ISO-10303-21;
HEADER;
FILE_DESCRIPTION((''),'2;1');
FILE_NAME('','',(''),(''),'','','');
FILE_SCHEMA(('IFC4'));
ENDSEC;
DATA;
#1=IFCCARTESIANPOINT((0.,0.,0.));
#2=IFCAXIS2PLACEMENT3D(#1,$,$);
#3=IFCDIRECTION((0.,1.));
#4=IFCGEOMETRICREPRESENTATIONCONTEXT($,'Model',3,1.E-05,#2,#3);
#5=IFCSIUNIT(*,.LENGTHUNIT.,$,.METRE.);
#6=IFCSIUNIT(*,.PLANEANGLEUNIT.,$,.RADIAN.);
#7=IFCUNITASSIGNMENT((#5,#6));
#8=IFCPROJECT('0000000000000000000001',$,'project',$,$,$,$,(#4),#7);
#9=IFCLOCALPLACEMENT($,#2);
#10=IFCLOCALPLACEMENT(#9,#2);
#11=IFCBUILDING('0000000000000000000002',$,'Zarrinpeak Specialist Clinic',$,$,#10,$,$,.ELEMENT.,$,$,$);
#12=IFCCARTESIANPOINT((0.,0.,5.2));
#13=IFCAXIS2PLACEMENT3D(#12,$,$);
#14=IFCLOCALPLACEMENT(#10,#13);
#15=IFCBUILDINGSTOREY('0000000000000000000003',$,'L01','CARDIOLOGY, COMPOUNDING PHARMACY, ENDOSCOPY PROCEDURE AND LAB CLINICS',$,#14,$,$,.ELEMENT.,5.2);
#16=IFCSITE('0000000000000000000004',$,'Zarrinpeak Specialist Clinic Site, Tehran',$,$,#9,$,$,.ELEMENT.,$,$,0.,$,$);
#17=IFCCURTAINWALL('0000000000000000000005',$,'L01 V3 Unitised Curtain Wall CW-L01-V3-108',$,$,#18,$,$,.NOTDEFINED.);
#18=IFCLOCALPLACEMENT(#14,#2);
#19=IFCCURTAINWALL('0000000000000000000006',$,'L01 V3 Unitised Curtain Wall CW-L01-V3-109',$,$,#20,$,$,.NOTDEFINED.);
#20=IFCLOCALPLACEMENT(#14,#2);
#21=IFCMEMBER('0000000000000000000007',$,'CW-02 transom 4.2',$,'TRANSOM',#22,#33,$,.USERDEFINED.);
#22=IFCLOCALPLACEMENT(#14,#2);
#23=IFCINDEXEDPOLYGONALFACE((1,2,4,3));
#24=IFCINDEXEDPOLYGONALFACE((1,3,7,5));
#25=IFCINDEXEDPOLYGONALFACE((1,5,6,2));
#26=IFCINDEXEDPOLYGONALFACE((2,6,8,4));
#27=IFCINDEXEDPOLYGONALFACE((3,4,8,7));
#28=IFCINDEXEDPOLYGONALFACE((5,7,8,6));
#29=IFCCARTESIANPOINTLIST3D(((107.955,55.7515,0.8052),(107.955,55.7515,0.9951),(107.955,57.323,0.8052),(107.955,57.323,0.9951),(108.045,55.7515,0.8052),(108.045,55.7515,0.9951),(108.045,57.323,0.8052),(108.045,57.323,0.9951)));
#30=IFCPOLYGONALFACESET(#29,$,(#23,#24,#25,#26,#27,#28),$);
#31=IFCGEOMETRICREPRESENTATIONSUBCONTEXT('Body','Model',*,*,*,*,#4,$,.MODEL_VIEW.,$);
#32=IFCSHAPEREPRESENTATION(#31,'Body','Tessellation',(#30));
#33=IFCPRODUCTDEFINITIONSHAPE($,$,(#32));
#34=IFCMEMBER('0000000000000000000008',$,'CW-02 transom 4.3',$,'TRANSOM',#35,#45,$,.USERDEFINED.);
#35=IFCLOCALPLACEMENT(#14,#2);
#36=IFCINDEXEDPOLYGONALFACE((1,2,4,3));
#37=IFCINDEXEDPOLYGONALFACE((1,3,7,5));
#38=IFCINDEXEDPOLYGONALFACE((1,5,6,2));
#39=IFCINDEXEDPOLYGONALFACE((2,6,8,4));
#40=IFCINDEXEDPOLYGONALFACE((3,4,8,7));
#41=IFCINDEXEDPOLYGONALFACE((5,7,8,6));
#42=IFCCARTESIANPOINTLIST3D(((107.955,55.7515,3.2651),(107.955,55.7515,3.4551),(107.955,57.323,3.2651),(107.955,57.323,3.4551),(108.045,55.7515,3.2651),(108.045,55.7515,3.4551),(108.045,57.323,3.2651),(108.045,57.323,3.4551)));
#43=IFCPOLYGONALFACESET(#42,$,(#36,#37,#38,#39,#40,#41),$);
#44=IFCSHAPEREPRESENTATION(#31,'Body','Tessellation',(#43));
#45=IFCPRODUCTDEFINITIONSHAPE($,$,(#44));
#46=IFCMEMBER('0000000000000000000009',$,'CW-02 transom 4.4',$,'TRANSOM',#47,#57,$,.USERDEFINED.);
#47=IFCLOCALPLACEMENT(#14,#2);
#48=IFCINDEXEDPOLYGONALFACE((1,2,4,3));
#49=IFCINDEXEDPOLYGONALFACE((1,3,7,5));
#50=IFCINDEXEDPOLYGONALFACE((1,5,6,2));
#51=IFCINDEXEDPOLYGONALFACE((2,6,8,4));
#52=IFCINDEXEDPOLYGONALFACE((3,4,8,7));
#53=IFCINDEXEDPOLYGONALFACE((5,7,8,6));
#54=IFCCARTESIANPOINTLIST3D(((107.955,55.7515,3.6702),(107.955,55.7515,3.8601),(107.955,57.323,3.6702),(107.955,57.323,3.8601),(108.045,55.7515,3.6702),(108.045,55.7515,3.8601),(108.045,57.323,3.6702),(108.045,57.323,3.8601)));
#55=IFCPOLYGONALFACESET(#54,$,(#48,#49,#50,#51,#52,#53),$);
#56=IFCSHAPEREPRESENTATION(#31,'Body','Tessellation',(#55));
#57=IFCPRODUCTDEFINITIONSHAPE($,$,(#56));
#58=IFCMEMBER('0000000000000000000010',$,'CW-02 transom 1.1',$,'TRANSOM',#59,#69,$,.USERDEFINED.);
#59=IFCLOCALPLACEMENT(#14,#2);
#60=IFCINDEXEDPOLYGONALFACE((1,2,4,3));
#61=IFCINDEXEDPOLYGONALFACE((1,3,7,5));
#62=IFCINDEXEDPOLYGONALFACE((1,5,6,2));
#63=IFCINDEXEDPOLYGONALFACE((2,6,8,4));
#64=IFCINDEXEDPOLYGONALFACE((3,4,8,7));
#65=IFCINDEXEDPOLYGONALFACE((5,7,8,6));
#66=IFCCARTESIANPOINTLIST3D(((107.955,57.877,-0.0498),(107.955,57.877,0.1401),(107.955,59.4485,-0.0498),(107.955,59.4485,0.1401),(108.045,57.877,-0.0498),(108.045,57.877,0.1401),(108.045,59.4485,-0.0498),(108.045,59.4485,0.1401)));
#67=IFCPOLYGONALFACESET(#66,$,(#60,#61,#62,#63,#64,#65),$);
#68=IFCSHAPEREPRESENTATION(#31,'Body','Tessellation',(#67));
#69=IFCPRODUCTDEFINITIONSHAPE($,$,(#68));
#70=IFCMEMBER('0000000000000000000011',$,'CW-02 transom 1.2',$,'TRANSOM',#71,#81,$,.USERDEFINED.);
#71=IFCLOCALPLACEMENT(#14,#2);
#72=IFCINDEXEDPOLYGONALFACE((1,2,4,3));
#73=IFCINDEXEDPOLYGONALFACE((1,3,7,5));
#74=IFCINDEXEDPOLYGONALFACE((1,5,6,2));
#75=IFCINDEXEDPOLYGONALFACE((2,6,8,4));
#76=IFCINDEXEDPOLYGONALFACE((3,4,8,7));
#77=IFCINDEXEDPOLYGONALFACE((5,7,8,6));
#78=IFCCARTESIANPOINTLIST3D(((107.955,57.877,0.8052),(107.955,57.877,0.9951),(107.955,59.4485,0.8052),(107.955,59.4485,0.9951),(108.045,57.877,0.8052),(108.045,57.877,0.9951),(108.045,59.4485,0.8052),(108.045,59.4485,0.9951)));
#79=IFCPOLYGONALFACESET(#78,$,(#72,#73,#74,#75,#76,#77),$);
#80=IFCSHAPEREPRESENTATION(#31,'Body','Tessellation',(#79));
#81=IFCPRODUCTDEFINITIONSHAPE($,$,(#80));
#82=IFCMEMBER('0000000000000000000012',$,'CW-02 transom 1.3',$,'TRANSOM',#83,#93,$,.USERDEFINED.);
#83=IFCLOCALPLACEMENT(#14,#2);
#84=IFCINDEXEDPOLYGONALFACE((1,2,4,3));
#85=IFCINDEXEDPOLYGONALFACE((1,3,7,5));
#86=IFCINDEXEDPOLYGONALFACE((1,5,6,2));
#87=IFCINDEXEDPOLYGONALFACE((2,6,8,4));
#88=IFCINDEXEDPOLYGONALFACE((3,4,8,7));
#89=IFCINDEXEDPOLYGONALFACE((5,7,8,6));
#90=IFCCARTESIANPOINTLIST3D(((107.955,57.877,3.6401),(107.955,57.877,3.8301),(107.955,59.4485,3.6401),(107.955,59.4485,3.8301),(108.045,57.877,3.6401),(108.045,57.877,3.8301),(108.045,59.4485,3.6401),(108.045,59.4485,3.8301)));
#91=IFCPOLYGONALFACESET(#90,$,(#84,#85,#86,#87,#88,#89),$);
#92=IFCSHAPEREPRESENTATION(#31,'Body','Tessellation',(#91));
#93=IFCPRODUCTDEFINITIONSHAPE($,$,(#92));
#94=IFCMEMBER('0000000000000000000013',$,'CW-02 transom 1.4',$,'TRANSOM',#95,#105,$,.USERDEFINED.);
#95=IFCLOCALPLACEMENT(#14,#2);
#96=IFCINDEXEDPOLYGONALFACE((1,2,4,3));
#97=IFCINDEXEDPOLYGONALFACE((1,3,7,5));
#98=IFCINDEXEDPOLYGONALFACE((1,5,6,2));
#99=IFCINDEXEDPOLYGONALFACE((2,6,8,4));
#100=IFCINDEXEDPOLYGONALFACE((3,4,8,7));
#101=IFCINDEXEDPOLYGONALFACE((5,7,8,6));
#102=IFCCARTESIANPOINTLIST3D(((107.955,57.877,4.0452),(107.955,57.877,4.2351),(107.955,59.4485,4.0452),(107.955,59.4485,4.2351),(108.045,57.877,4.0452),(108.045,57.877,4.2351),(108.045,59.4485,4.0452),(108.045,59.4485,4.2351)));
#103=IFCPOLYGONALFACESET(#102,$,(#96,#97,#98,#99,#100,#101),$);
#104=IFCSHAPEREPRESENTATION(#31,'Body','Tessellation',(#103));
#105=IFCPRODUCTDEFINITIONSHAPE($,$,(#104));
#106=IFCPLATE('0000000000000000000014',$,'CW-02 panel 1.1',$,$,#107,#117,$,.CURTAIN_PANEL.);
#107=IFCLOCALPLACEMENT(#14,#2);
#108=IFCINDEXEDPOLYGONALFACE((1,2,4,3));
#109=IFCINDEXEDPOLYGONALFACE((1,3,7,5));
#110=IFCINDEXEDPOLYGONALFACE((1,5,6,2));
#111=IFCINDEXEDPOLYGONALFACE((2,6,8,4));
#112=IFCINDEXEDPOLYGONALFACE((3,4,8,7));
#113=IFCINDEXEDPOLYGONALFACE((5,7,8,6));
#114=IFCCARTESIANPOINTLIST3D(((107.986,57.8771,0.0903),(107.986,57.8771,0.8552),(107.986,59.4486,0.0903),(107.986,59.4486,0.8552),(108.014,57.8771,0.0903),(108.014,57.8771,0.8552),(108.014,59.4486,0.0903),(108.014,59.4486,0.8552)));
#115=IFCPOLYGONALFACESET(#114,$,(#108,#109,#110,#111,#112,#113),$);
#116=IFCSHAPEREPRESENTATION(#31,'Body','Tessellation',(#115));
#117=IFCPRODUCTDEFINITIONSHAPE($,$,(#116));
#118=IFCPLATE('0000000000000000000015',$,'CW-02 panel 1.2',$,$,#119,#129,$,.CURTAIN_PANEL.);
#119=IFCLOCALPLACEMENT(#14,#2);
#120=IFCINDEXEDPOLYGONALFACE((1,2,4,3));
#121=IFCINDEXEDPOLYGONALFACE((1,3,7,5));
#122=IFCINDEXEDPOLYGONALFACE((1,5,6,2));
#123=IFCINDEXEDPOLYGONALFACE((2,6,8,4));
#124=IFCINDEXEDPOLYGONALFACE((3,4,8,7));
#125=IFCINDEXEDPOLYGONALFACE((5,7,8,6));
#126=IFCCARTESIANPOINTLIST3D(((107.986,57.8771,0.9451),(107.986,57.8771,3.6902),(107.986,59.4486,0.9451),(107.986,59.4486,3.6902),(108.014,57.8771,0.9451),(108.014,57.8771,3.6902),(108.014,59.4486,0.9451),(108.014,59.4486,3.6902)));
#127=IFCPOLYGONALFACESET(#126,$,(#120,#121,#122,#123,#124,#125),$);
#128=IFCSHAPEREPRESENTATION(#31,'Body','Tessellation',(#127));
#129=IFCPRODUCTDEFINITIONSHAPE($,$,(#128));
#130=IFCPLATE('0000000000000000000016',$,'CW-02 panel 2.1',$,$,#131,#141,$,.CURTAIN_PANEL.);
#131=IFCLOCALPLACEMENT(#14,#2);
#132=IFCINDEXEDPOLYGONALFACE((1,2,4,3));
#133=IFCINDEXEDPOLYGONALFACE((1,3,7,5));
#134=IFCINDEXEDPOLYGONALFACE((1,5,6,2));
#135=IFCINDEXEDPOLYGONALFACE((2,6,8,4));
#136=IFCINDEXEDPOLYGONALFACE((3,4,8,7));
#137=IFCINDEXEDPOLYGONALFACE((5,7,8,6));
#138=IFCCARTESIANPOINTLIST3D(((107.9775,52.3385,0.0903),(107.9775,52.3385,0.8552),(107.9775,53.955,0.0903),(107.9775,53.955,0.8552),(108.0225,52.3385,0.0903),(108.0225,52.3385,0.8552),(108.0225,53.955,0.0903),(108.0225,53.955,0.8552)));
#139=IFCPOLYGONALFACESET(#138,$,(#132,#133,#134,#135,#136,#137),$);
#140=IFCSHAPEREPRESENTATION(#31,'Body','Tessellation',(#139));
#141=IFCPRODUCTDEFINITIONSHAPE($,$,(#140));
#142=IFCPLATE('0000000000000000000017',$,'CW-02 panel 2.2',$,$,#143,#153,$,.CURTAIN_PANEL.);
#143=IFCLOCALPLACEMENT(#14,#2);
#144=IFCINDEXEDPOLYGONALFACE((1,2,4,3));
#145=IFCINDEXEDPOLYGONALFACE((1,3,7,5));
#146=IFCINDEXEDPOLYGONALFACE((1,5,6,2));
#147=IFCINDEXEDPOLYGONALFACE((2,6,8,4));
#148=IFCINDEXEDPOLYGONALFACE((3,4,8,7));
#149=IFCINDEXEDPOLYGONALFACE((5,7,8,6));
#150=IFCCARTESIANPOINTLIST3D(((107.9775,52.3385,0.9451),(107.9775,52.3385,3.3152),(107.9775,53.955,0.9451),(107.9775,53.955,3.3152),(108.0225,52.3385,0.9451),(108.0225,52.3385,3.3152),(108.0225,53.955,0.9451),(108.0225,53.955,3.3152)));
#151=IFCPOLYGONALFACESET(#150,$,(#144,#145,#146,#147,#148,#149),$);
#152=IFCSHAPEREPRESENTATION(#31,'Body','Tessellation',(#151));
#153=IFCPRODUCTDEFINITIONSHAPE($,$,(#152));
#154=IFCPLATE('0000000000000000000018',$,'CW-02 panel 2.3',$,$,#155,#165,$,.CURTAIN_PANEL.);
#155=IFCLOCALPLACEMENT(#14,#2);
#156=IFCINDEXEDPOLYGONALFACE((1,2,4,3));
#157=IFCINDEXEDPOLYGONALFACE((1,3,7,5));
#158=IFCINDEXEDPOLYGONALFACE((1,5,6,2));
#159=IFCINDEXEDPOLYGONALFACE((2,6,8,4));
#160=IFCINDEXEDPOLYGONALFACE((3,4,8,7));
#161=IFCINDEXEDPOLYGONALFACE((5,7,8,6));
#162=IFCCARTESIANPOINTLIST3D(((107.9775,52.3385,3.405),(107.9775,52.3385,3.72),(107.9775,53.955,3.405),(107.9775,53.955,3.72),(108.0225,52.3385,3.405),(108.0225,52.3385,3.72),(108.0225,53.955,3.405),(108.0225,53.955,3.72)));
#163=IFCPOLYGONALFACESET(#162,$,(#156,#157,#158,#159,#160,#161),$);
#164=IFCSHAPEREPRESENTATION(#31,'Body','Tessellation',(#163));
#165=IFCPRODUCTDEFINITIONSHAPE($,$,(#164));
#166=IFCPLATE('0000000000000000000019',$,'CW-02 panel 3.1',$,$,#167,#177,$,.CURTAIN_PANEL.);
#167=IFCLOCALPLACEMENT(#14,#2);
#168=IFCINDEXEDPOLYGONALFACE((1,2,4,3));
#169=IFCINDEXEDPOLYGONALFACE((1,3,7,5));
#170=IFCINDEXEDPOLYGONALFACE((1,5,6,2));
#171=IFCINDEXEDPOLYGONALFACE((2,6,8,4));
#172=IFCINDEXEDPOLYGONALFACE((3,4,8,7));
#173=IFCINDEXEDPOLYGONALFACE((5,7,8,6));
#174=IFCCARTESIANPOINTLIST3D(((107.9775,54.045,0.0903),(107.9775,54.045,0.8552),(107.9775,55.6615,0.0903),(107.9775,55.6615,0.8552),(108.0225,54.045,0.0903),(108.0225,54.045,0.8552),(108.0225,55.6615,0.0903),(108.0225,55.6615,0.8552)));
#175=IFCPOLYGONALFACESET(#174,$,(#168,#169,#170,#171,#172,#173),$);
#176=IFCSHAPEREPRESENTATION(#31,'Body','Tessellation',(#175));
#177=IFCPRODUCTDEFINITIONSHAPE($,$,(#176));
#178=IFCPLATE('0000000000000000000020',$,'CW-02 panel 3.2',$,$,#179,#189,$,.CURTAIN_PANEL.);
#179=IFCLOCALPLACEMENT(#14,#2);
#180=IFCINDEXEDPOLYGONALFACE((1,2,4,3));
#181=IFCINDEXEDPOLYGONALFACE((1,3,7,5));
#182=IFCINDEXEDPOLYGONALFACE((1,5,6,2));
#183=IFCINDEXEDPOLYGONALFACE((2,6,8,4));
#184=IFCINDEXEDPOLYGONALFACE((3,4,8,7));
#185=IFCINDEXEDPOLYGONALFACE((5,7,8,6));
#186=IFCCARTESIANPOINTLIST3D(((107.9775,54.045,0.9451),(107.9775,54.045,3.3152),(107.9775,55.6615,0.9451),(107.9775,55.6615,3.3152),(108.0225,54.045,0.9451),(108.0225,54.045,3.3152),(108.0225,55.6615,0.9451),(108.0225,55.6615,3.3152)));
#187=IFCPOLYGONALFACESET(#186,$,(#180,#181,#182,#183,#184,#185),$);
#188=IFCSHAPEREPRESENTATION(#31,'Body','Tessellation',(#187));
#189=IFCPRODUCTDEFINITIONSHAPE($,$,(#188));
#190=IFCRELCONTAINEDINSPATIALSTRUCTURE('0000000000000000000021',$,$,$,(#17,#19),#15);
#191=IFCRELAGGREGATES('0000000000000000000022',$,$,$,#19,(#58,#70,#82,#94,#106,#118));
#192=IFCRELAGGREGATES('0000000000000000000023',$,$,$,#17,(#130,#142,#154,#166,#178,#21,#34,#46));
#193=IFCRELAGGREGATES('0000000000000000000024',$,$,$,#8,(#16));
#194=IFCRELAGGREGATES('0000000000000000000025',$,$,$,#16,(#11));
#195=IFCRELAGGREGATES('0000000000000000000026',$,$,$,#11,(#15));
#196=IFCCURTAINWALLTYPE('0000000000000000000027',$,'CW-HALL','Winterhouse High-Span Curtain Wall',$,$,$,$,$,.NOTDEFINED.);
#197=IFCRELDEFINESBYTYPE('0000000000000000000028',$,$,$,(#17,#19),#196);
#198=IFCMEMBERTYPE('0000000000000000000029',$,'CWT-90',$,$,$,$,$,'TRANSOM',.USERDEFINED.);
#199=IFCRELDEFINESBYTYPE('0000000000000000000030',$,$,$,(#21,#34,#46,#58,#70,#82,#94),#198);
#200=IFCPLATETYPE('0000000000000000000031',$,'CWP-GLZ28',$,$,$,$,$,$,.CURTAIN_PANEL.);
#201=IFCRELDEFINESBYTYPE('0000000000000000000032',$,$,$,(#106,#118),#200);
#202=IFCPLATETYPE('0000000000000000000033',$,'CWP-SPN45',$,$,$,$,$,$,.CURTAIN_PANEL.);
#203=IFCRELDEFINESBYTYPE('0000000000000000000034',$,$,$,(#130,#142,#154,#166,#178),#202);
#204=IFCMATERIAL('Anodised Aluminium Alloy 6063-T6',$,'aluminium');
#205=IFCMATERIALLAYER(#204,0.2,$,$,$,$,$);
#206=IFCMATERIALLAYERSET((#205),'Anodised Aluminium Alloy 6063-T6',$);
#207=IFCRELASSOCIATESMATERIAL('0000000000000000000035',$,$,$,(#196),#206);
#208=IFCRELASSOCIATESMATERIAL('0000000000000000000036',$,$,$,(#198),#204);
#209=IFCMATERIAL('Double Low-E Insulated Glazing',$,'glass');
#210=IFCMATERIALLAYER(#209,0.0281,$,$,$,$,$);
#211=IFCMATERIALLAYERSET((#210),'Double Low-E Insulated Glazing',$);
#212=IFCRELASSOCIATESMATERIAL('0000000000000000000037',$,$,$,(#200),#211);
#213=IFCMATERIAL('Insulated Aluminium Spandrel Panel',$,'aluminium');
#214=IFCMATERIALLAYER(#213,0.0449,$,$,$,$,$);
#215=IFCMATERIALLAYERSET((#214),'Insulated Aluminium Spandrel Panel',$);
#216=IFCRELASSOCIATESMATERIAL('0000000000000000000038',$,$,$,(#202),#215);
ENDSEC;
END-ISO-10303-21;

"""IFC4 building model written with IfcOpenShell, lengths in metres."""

from ifc_helpers import new_model, si_unit, direction, frame, origin, origin_2d, place, context, subcontext, project, spatial, rectangle, extrude, material, layer, layer_set, material_profile, profile_set, type_object, element, aggregate, save


model = new_model("IFC4")

# Units and contexts
model_context = context("Model", 3, precision=1e-05, world=origin(), true_north=direction((0.0, 1.0)))
body_context = subcontext(model_context, "Body", "Model", "MODEL_VIEW")
ifc_project = project(units=[si_unit("LENGTHUNIT", "METRE"), si_unit("PLANEANGLEUNIT", "RADIAN")], contexts=[model_context])

# Site, building, storey
site_placement = place(None, origin())
site = spatial("IfcSite", under=ifc_project, at=site_placement, Name="Zarrinpeak Specialist Clinic Site, Tehran", CompositionType="ELEMENT", RefElevation=0.0)
building_placement = place(site_placement, origin())
building = spatial("IfcBuilding", under=site, at=building_placement, Name="Zarrinpeak Specialist Clinic", CompositionType="ELEMENT")
storey_placement = place(building_placement, frame((0.0, 0.0, 5.2)))
storey = spatial("IfcBuildingStorey", under=building, at=storey_placement, Name="L01", Description="CARDIOLOGY, COMPOUNDING PHARMACY, ENDOSCOPY PROCEDURE AND LAB CLINICS", CompositionType="ELEMENT", Elevation=5.2)

# Curtain wall
ifc_material_1 = material(Name="Anodised Aluminium Alloy 6063-T6", Category="aluminium")
ifc_layer_1 = layer(ifc_material_1, 0.2)
ifc_layer_set_1 = layer_set([ifc_layer_1], Name="Anodised Aluminium Alloy 6063-T6")
curtain_wall_type = type_object("IfcCurtainWallType", Name="CW-HALL", Description="Winterhouse High-Span Curtain Wall", PredefinedType="NOTDEFINED", material=ifc_layer_set_1)
curtain_wall_1_placement = place(storey_placement, origin())
curtain_wall_1 = element("IfcCurtainWall", 1, at=curtain_wall_1_placement, inside=storey, type_object=curtain_wall_type, Name="L01 V3 Unitised Curtain Wall CW-L01-V3-108", PredefinedType="NOTDEFINED")

# Curtain wall
curtain_wall_2_placement = place(storey_placement, origin())
curtain_wall_2 = element("IfcCurtainWall", 2, at=curtain_wall_2_placement, inside=storey, type_object=curtain_wall_type, Name="L01 V3 Unitised Curtain Wall CW-L01-V3-109", PredefinedType="NOTDEFINED")

# Members
ifc_material_profile_1 = material_profile(ifc_material_1, rectangle(XDim=0.0901, YDim=0.1899, at=origin_2d()), Name="ALU 90x190")
ifc_profile_set_1 = profile_set([ifc_material_profile_1], Name="Anodised Aluminium Alloy 6063-T6")
member_type_1 = type_object("IfcMemberType", Name="CWT-90", ElementType="TRANSOM", PredefinedType="USERDEFINED", material=ifc_profile_set_1)
member_1_placement = place(storey_placement, frame((108.0, 55.7515, 0.9001), z_axis=(0.0, 1.0, 0.0), x_axis=(-1.0, 0.0, 0.0)))
member_1 = element("IfcMember", 3, at=member_1_placement, type_object=member_type_1, Name="CW-02 transom 4.2", ObjectType="TRANSOM", PredefinedType="USERDEFINED", context=body_context, shape_type="SweptSolid", body=[
    extrude(rectangle(XDim=0.0901, YDim=0.1899, at=origin_2d()), origin(), (0.0, 0.0, 1.0), 1.5715),
])
member_2_placement = place(storey_placement, frame((108.0, 55.7515, 3.3601), z_axis=(0.0, 1.0, 0.0), x_axis=(-1.0, 0.0, 0.0)))
member_2 = element("IfcMember", 4, at=member_2_placement, type_object=member_type_1, Name="CW-02 transom 4.3", ObjectType="TRANSOM", PredefinedType="USERDEFINED", context=body_context, shape_type="SweptSolid", body=[
    extrude(rectangle(XDim=0.0901, YDim=0.1899, at=origin_2d()), origin(), (0.0, 0.0, 1.0), 1.5715),
])
member_3_placement = place(storey_placement, frame((108.0, 55.7515, 3.7651), z_axis=(0.0, 1.0, 0.0), x_axis=(-1.0, 0.0, 0.0)))
member_3 = element("IfcMember", 5, at=member_3_placement, type_object=member_type_1, Name="CW-02 transom 4.4", ObjectType="TRANSOM", PredefinedType="USERDEFINED", context=body_context, shape_type="SweptSolid", body=[
    extrude(rectangle(XDim=0.0901, YDim=0.1899, at=origin_2d()), origin(), (0.0, 0.0, 1.0), 1.5715),
])
member_4_placement = place(storey_placement, frame((108.0, 57.877, 0.0452), z_axis=(0.0, 1.0, 0.0), x_axis=(-1.0, 0.0, 0.0)))
member_4 = element("IfcMember", 6, at=member_4_placement, type_object=member_type_1, Name="CW-02 transom 1.1", ObjectType="TRANSOM", PredefinedType="USERDEFINED", context=body_context, shape_type="SweptSolid", body=[
    extrude(rectangle(XDim=0.0901, YDim=0.1899, at=origin_2d()), origin(), (0.0, 0.0, 1.0), 1.5715),
])
member_5_placement = place(storey_placement, frame((108.0, 57.877, 0.9001), z_axis=(0.0, 1.0, 0.0), x_axis=(-1.0, 0.0, 0.0)))
member_5 = element("IfcMember", 7, at=member_5_placement, type_object=member_type_1, Name="CW-02 transom 1.2", ObjectType="TRANSOM", PredefinedType="USERDEFINED", context=body_context, shape_type="SweptSolid", body=[
    extrude(rectangle(XDim=0.0901, YDim=0.1899, at=origin_2d()), origin(), (0.0, 0.0, 1.0), 1.5715),
])
member_6_placement = place(storey_placement, frame((108.0, 57.877, 3.7351), z_axis=(0.0, 1.0, 0.0), x_axis=(-1.0, 0.0, 0.0)))
member_6 = element("IfcMember", 8, at=member_6_placement, type_object=member_type_1, Name="CW-02 transom 1.3", ObjectType="TRANSOM", PredefinedType="USERDEFINED", context=body_context, shape_type="SweptSolid", body=[
    extrude(rectangle(XDim=0.0901, YDim=0.1899, at=origin_2d()), origin(), (0.0, 0.0, 1.0), 1.5715),
])
member_7_placement = place(storey_placement, frame((108.0, 57.877, 4.1401), z_axis=(0.0, 1.0, 0.0), x_axis=(-1.0, 0.0, 0.0)))
member_7 = element("IfcMember", 9, at=member_7_placement, type_object=member_type_1, Name="CW-02 transom 1.4", ObjectType="TRANSOM", PredefinedType="USERDEFINED", context=body_context, shape_type="SweptSolid", body=[
    extrude(rectangle(XDim=0.0901, YDim=0.1899, at=origin_2d()), origin(), (0.0, 0.0, 1.0), 1.5715),
])

# Plates
ifc_material_2 = material(Name="Double Low-E Insulated Glazing", Category="glass")
ifc_layer_2 = layer(ifc_material_2, 0.0281)
ifc_layer_set_2 = layer_set([ifc_layer_2], Name="Double Low-E Insulated Glazing")
plate_type_1 = type_object("IfcPlateType", Name="CWP-GLZ28", PredefinedType="CURTAIN_PANEL", material=ifc_layer_set_2)
plate_1_placement = place(storey_placement, frame((108.0, 58.6628, 0.0903), z_axis=(0.0, 0.0, 1.0), x_axis=(0.0, 1.0, 0.0)))
plate_1 = element("IfcPlate", 10, at=plate_1_placement, type_object=plate_type_1, Name="CW-02 panel 1.1", PredefinedType="CURTAIN_PANEL", context=body_context, shape_type="SweptSolid", body=[
    extrude(rectangle(XDim=1.5715, YDim=0.0281, at=origin_2d()), origin(), (0.0, 0.0, 1.0), 0.7649),
])
plate_2_placement = place(storey_placement, frame((108.0, 58.6628, 0.9451), z_axis=(0.0, 0.0, 1.0), x_axis=(0.0, 1.0, 0.0)))
plate_2 = element("IfcPlate", 11, at=plate_2_placement, type_object=plate_type_1, Name="CW-02 panel 1.2", PredefinedType="CURTAIN_PANEL", context=body_context, shape_type="SweptSolid", body=[
    extrude(rectangle(XDim=1.5715, YDim=0.0281, at=origin_2d()), origin(), (0.0, 0.0, 1.0), 2.7451),
])
aggregate(curtain_wall_2, [member_4, member_5, member_6, member_7, plate_1, plate_2])
ifc_material_3 = material(Name="Insulated Aluminium Spandrel Panel", Category="aluminium")
ifc_layer_3 = layer(ifc_material_3, 0.0449)
ifc_layer_set_3 = layer_set([ifc_layer_3], Name="Insulated Aluminium Spandrel Panel")
plate_type_2 = type_object("IfcPlateType", Name="CWP-SPN45", PredefinedType="CURTAIN_PANEL", material=ifc_layer_set_3)
plate_3_placement = place(storey_placement, frame((108.0, 53.1467, 0.0903), z_axis=(0.0, 0.0, 1.0), x_axis=(0.0, 1.0, 0.0)))
plate_3 = element("IfcPlate", 12, at=plate_3_placement, type_object=plate_type_2, Name="CW-02 panel 2.1", PredefinedType="CURTAIN_PANEL", context=body_context, shape_type="SweptSolid", body=[
    extrude(rectangle(XDim=1.6165, YDim=0.0449, at=origin_2d()), origin(), (0.0, 0.0, 1.0), 0.7649),
])
plate_4_placement = place(storey_placement, frame((108.0, 53.1467, 0.9451), z_axis=(0.0, 0.0, 1.0), x_axis=(0.0, 1.0, 0.0)))
plate_4 = element("IfcPlate", 13, at=plate_4_placement, type_object=plate_type_2, Name="CW-02 panel 2.2", PredefinedType="CURTAIN_PANEL", context=body_context, shape_type="SweptSolid", body=[
    extrude(rectangle(XDim=1.6165, YDim=0.0449, at=origin_2d()), origin(), (0.0, 0.0, 1.0), 2.3701),
])
plate_5_placement = place(storey_placement, frame((108.0, 53.1467, 3.405), z_axis=(0.0, 0.0, 1.0), x_axis=(0.0, 1.0, 0.0)))
plate_5 = element("IfcPlate", 14, at=plate_5_placement, type_object=plate_type_2, Name="CW-02 panel 2.3", PredefinedType="CURTAIN_PANEL", context=body_context, shape_type="SweptSolid", body=[
    extrude(rectangle(XDim=1.6165, YDim=0.0449, at=origin_2d()), origin(), (0.0, 0.0, 1.0), 0.3149),
])
plate_6_placement = place(storey_placement, frame((108.0, 54.8533, 0.0903), z_axis=(0.0, 0.0, 1.0), x_axis=(0.0, 1.0, 0.0)))
plate_6 = element("IfcPlate", 15, at=plate_6_placement, type_object=plate_type_2, Name="CW-02 panel 3.1", PredefinedType="CURTAIN_PANEL", context=body_context, shape_type="SweptSolid", body=[
    extrude(rectangle(XDim=1.6165, YDim=0.0449, at=origin_2d()), origin(), (0.0, 0.0, 1.0), 0.7649),
])
plate_7_placement = place(storey_placement, frame((108.0, 54.8533, 0.9451), z_axis=(0.0, 0.0, 1.0), x_axis=(0.0, 1.0, 0.0)))
plate_7 = element("IfcPlate", 16, at=plate_7_placement, type_object=plate_type_2, Name="CW-02 panel 3.2", PredefinedType="CURTAIN_PANEL", context=body_context, shape_type="SweptSolid", body=[
    extrude(rectangle(XDim=1.6165, YDim=0.0449, at=origin_2d()), origin(), (0.0, 0.0, 1.0), 2.3701),
])
aggregate(curtain_wall_1, [plate_3, plate_4, plate_5, plate_6, plate_7, member_1, member_2, member_3])

save(model, "model.ifc")
